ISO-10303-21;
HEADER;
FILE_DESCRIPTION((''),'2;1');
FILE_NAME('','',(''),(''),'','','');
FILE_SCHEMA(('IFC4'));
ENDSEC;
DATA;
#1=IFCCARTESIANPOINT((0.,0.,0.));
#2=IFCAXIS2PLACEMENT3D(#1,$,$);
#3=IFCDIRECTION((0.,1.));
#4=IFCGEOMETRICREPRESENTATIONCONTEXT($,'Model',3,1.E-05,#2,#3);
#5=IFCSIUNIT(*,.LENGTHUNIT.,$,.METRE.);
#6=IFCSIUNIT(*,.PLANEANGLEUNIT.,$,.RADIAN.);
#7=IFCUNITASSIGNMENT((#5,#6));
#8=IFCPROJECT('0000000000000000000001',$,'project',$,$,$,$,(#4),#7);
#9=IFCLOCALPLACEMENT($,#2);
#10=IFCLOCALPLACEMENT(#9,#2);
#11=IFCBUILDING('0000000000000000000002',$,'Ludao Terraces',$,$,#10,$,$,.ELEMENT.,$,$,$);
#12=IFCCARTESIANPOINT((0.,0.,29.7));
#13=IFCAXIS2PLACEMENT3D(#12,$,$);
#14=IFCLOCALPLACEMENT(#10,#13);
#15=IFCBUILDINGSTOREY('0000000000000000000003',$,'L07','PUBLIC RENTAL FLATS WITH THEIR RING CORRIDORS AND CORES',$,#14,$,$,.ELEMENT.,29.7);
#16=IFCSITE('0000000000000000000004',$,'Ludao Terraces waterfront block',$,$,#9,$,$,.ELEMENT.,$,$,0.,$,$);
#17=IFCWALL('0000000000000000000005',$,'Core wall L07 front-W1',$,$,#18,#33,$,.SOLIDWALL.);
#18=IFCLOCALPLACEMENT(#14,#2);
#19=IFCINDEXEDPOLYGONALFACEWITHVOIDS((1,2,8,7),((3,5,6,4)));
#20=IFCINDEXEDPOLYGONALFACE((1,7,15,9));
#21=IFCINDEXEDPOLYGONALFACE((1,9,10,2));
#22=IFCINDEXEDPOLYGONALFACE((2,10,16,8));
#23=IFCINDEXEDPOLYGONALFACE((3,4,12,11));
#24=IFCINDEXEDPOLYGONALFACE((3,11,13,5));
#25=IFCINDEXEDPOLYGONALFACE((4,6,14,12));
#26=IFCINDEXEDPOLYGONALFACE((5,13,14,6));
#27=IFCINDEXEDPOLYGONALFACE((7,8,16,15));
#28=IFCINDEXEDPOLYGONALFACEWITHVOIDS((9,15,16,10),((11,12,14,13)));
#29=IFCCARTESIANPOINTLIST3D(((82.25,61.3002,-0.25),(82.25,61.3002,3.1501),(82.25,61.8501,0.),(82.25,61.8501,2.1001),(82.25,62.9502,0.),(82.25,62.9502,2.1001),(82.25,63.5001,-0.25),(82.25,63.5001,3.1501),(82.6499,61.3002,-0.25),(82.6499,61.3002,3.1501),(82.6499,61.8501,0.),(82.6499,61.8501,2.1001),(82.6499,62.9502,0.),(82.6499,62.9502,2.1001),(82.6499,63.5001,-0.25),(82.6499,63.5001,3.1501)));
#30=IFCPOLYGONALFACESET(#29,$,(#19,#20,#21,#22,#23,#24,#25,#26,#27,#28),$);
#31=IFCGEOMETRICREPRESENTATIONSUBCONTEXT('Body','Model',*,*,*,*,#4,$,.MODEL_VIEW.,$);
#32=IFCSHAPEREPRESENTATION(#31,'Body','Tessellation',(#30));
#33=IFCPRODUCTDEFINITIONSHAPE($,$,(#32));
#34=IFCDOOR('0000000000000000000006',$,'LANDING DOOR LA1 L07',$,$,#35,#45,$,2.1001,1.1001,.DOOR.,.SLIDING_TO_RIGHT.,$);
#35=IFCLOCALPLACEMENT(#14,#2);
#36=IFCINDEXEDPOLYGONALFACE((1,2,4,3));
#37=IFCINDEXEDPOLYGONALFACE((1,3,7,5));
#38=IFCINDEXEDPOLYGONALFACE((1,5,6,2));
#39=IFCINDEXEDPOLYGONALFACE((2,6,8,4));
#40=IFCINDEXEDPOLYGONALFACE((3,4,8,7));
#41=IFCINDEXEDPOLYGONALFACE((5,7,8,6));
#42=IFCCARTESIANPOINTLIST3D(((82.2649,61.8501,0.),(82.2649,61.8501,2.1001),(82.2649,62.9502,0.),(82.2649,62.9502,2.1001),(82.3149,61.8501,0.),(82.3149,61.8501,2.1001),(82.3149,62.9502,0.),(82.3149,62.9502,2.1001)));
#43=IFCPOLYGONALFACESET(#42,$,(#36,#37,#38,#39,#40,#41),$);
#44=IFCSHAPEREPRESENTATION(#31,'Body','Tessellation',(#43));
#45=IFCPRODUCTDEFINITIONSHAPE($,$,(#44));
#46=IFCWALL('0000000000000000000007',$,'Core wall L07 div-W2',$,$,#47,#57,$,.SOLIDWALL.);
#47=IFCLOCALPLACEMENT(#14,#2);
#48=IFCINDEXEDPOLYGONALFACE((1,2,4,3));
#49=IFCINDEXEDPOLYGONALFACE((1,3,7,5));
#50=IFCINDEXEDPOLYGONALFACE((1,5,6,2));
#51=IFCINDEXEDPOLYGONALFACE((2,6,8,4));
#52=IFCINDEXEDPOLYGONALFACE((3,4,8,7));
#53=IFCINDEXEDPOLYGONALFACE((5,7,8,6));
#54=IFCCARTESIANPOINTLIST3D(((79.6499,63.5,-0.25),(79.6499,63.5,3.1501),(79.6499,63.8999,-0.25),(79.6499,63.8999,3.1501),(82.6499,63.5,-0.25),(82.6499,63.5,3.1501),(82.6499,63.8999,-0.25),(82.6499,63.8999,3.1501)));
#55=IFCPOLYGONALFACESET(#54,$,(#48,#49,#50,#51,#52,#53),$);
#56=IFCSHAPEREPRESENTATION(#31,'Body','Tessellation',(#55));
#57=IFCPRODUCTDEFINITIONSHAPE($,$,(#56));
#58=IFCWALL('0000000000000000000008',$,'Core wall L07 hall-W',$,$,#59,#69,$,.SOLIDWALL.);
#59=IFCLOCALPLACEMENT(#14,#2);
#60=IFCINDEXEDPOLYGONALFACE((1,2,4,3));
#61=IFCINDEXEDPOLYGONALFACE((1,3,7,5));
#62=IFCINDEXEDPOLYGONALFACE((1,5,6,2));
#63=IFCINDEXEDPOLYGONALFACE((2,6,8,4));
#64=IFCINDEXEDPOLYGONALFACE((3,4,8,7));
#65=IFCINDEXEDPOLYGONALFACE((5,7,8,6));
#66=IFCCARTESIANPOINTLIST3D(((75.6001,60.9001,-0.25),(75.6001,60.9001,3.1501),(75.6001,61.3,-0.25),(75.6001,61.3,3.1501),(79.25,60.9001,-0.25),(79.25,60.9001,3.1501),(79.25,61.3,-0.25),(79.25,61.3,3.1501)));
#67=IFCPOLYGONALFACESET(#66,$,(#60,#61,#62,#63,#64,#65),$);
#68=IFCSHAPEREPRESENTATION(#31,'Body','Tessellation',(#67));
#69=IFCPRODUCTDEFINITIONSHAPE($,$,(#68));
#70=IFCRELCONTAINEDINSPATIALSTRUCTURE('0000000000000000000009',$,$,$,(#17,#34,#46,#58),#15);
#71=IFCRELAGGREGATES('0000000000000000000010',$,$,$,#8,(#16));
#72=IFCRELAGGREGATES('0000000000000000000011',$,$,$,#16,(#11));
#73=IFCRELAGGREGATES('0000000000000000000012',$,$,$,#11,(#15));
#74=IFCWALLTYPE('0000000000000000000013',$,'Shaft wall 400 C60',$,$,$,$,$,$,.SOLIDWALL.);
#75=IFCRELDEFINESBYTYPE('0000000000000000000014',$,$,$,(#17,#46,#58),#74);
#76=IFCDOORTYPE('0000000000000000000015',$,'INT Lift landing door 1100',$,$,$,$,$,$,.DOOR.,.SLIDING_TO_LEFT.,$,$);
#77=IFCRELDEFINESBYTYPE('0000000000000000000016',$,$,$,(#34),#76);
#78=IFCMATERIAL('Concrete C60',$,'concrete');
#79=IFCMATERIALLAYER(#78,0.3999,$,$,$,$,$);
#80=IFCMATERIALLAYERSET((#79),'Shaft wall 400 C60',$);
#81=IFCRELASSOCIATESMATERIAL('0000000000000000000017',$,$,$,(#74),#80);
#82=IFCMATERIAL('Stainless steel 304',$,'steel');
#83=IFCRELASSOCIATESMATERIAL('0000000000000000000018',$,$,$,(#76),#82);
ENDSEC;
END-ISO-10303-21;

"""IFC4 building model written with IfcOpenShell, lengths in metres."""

from ifc_helpers import new_model, si_unit, direction, frame, frame_2d, origin, place, context, subcontext, project, spatial, rectangle, extrude, material, layer, layer_set, type_object, element, fill, save


model = new_model("IFC4")

# Units and contexts
model_context = context("Model", 3, precision=1e-05, world=origin(), true_north=direction((0.0, 1.0)))
body_context = subcontext(model_context, "Body", "Model", "MODEL_VIEW")
ifc_project = project(units=[si_unit("LENGTHUNIT", "METRE"), si_unit("PLANEANGLEUNIT", "RADIAN")], contexts=[model_context])

# Site, building, storey
site_placement = place(None, origin())
site = spatial("IfcSite", under=ifc_project, at=site_placement, Name="Ludao Terraces waterfront block", CompositionType="ELEMENT", RefElevation=0.0)
building_placement = place(site_placement, origin())
building = spatial("IfcBuilding", under=site, at=building_placement, Name="Ludao Terraces", CompositionType="ELEMENT")
storey_placement = place(building_placement, frame((0.0, 0.0, 29.7)))
storey = spatial("IfcBuildingStorey", under=building, at=storey_placement, Name="L07", Description="PUBLIC RENTAL FLATS WITH THEIR RING CORRIDORS AND CORES", CompositionType="ELEMENT", Elevation=29.7)

# Shared definitions
ifc_material_1 = material(Name="Concrete C60", Category="concrete")

# Shared definitions
ifc_layer_1 = layer(ifc_material_1, 0.3999)
ifc_layer_set_1 = layer_set([ifc_layer_1], Name="Shaft wall 400 C60")
wall_type_1 = type_object("IfcWallType", Name="Shaft wall 400 C60", PredefinedType="SOLIDWALL", material=ifc_layer_set_1)

# Wall, opening, door
wall_1_placement = place(storey_placement, frame((82.45, 61.3, -0.25), z_axis=(0.0, 0.0, 1.0), x_axis=(0.0, 1.0, 0.0)))
wall_1 = element("IfcWall", 1, at=wall_1_placement, inside=storey, type_object=wall_type_1, Name="Core wall L07 front-W1", PredefinedType="SOLIDWALL", context=body_context, shape_type="SweptSolid", body=[
    extrude(rectangle(XDim=2.2, YDim=0.3999, at=frame_2d((1.1001, 0.0))), origin(), (0.0, 0.0, 1.0), 3.4001),
])
opening_1_placement = place(wall_1_placement, frame((0.55, 0.0, 0.25)))
opening_1 = element("IfcOpeningElement", 2, at=opening_1_placement, cuts=wall_1, PredefinedType="OPENING", context=body_context, shape_type="SweptSolid", body=[
    extrude(rectangle(XDim=1.1001, YDim=2.1001, at=frame_2d((0.55, 1.05))), frame((0.0, 0.21, 0.0), z_axis=(0.0, -1.0, 0.0), x_axis=(1.0, 0.0, 0.0)), (0.0, 0.0, 1.0), 0.4199),
])
ifc_material_2 = material(Name="Stainless steel 304", Category="steel")
door_type_1 = type_object("IfcDoorType", Name="INT Lift landing door 1100", OperationType="SLIDING_TO_LEFT", PredefinedType="DOOR", material=ifc_material_2)
door_1_placement = place(opening_1_placement, origin())
door_1 = element("IfcDoor", 3, at=door_1_placement, inside=storey, type_object=door_type_1, Name="LANDING DOOR LA1 L07", OperationType="SLIDING_TO_RIGHT", OverallHeight=2.1001, OverallWidth=1.1001, PredefinedType="DOOR", context=body_context, shape_type="SweptSolid", body=[
    extrude(rectangle(XDim=1.1001, YDim=2.1001, at=frame_2d((0.55, 1.05))), frame((0.0, 0.1851, 0.0), z_axis=(0.0, -1.0, 0.0), x_axis=(1.0, 0.0, 0.0)), (0.0, 0.0, 1.0), 0.05),
])
fill(opening_1, door_1)

# Walls
wall_2_placement = place(storey_placement, frame((79.6499, 63.7, -0.25), z_axis=(0.0, 0.0, 1.0), x_axis=(1.0, 0.0, 0.0)))
element("IfcWall", 4, at=wall_2_placement, inside=storey, type_object=wall_type_1, Name="Core wall L07 div-W2", PredefinedType="SOLIDWALL", context=body_context, shape_type="SweptSolid", body=[
    extrude(rectangle(XDim=3.0, YDim=0.3999, at=frame_2d((1.5, 0.0))), origin(), (0.0, 0.0, 1.0), 3.4001),
])
wall_3_placement = place(storey_placement, frame((75.6001, 61.1001, -0.25), z_axis=(0.0, 0.0, 1.0), x_axis=(1.0, 0.0, 0.0)))
element("IfcWall", 5, at=wall_3_placement, inside=storey, type_object=wall_type_1, Name="Core wall L07 hall-W", PredefinedType="SOLIDWALL", context=body_context, shape_type="SweptSolid", body=[
    extrude(rectangle(XDim=3.6499, YDim=0.3999, at=frame_2d((1.825, 0.0))), origin(), (0.0, 0.0, 1.0), 3.4001),
])

save(model, "model.ifc")
